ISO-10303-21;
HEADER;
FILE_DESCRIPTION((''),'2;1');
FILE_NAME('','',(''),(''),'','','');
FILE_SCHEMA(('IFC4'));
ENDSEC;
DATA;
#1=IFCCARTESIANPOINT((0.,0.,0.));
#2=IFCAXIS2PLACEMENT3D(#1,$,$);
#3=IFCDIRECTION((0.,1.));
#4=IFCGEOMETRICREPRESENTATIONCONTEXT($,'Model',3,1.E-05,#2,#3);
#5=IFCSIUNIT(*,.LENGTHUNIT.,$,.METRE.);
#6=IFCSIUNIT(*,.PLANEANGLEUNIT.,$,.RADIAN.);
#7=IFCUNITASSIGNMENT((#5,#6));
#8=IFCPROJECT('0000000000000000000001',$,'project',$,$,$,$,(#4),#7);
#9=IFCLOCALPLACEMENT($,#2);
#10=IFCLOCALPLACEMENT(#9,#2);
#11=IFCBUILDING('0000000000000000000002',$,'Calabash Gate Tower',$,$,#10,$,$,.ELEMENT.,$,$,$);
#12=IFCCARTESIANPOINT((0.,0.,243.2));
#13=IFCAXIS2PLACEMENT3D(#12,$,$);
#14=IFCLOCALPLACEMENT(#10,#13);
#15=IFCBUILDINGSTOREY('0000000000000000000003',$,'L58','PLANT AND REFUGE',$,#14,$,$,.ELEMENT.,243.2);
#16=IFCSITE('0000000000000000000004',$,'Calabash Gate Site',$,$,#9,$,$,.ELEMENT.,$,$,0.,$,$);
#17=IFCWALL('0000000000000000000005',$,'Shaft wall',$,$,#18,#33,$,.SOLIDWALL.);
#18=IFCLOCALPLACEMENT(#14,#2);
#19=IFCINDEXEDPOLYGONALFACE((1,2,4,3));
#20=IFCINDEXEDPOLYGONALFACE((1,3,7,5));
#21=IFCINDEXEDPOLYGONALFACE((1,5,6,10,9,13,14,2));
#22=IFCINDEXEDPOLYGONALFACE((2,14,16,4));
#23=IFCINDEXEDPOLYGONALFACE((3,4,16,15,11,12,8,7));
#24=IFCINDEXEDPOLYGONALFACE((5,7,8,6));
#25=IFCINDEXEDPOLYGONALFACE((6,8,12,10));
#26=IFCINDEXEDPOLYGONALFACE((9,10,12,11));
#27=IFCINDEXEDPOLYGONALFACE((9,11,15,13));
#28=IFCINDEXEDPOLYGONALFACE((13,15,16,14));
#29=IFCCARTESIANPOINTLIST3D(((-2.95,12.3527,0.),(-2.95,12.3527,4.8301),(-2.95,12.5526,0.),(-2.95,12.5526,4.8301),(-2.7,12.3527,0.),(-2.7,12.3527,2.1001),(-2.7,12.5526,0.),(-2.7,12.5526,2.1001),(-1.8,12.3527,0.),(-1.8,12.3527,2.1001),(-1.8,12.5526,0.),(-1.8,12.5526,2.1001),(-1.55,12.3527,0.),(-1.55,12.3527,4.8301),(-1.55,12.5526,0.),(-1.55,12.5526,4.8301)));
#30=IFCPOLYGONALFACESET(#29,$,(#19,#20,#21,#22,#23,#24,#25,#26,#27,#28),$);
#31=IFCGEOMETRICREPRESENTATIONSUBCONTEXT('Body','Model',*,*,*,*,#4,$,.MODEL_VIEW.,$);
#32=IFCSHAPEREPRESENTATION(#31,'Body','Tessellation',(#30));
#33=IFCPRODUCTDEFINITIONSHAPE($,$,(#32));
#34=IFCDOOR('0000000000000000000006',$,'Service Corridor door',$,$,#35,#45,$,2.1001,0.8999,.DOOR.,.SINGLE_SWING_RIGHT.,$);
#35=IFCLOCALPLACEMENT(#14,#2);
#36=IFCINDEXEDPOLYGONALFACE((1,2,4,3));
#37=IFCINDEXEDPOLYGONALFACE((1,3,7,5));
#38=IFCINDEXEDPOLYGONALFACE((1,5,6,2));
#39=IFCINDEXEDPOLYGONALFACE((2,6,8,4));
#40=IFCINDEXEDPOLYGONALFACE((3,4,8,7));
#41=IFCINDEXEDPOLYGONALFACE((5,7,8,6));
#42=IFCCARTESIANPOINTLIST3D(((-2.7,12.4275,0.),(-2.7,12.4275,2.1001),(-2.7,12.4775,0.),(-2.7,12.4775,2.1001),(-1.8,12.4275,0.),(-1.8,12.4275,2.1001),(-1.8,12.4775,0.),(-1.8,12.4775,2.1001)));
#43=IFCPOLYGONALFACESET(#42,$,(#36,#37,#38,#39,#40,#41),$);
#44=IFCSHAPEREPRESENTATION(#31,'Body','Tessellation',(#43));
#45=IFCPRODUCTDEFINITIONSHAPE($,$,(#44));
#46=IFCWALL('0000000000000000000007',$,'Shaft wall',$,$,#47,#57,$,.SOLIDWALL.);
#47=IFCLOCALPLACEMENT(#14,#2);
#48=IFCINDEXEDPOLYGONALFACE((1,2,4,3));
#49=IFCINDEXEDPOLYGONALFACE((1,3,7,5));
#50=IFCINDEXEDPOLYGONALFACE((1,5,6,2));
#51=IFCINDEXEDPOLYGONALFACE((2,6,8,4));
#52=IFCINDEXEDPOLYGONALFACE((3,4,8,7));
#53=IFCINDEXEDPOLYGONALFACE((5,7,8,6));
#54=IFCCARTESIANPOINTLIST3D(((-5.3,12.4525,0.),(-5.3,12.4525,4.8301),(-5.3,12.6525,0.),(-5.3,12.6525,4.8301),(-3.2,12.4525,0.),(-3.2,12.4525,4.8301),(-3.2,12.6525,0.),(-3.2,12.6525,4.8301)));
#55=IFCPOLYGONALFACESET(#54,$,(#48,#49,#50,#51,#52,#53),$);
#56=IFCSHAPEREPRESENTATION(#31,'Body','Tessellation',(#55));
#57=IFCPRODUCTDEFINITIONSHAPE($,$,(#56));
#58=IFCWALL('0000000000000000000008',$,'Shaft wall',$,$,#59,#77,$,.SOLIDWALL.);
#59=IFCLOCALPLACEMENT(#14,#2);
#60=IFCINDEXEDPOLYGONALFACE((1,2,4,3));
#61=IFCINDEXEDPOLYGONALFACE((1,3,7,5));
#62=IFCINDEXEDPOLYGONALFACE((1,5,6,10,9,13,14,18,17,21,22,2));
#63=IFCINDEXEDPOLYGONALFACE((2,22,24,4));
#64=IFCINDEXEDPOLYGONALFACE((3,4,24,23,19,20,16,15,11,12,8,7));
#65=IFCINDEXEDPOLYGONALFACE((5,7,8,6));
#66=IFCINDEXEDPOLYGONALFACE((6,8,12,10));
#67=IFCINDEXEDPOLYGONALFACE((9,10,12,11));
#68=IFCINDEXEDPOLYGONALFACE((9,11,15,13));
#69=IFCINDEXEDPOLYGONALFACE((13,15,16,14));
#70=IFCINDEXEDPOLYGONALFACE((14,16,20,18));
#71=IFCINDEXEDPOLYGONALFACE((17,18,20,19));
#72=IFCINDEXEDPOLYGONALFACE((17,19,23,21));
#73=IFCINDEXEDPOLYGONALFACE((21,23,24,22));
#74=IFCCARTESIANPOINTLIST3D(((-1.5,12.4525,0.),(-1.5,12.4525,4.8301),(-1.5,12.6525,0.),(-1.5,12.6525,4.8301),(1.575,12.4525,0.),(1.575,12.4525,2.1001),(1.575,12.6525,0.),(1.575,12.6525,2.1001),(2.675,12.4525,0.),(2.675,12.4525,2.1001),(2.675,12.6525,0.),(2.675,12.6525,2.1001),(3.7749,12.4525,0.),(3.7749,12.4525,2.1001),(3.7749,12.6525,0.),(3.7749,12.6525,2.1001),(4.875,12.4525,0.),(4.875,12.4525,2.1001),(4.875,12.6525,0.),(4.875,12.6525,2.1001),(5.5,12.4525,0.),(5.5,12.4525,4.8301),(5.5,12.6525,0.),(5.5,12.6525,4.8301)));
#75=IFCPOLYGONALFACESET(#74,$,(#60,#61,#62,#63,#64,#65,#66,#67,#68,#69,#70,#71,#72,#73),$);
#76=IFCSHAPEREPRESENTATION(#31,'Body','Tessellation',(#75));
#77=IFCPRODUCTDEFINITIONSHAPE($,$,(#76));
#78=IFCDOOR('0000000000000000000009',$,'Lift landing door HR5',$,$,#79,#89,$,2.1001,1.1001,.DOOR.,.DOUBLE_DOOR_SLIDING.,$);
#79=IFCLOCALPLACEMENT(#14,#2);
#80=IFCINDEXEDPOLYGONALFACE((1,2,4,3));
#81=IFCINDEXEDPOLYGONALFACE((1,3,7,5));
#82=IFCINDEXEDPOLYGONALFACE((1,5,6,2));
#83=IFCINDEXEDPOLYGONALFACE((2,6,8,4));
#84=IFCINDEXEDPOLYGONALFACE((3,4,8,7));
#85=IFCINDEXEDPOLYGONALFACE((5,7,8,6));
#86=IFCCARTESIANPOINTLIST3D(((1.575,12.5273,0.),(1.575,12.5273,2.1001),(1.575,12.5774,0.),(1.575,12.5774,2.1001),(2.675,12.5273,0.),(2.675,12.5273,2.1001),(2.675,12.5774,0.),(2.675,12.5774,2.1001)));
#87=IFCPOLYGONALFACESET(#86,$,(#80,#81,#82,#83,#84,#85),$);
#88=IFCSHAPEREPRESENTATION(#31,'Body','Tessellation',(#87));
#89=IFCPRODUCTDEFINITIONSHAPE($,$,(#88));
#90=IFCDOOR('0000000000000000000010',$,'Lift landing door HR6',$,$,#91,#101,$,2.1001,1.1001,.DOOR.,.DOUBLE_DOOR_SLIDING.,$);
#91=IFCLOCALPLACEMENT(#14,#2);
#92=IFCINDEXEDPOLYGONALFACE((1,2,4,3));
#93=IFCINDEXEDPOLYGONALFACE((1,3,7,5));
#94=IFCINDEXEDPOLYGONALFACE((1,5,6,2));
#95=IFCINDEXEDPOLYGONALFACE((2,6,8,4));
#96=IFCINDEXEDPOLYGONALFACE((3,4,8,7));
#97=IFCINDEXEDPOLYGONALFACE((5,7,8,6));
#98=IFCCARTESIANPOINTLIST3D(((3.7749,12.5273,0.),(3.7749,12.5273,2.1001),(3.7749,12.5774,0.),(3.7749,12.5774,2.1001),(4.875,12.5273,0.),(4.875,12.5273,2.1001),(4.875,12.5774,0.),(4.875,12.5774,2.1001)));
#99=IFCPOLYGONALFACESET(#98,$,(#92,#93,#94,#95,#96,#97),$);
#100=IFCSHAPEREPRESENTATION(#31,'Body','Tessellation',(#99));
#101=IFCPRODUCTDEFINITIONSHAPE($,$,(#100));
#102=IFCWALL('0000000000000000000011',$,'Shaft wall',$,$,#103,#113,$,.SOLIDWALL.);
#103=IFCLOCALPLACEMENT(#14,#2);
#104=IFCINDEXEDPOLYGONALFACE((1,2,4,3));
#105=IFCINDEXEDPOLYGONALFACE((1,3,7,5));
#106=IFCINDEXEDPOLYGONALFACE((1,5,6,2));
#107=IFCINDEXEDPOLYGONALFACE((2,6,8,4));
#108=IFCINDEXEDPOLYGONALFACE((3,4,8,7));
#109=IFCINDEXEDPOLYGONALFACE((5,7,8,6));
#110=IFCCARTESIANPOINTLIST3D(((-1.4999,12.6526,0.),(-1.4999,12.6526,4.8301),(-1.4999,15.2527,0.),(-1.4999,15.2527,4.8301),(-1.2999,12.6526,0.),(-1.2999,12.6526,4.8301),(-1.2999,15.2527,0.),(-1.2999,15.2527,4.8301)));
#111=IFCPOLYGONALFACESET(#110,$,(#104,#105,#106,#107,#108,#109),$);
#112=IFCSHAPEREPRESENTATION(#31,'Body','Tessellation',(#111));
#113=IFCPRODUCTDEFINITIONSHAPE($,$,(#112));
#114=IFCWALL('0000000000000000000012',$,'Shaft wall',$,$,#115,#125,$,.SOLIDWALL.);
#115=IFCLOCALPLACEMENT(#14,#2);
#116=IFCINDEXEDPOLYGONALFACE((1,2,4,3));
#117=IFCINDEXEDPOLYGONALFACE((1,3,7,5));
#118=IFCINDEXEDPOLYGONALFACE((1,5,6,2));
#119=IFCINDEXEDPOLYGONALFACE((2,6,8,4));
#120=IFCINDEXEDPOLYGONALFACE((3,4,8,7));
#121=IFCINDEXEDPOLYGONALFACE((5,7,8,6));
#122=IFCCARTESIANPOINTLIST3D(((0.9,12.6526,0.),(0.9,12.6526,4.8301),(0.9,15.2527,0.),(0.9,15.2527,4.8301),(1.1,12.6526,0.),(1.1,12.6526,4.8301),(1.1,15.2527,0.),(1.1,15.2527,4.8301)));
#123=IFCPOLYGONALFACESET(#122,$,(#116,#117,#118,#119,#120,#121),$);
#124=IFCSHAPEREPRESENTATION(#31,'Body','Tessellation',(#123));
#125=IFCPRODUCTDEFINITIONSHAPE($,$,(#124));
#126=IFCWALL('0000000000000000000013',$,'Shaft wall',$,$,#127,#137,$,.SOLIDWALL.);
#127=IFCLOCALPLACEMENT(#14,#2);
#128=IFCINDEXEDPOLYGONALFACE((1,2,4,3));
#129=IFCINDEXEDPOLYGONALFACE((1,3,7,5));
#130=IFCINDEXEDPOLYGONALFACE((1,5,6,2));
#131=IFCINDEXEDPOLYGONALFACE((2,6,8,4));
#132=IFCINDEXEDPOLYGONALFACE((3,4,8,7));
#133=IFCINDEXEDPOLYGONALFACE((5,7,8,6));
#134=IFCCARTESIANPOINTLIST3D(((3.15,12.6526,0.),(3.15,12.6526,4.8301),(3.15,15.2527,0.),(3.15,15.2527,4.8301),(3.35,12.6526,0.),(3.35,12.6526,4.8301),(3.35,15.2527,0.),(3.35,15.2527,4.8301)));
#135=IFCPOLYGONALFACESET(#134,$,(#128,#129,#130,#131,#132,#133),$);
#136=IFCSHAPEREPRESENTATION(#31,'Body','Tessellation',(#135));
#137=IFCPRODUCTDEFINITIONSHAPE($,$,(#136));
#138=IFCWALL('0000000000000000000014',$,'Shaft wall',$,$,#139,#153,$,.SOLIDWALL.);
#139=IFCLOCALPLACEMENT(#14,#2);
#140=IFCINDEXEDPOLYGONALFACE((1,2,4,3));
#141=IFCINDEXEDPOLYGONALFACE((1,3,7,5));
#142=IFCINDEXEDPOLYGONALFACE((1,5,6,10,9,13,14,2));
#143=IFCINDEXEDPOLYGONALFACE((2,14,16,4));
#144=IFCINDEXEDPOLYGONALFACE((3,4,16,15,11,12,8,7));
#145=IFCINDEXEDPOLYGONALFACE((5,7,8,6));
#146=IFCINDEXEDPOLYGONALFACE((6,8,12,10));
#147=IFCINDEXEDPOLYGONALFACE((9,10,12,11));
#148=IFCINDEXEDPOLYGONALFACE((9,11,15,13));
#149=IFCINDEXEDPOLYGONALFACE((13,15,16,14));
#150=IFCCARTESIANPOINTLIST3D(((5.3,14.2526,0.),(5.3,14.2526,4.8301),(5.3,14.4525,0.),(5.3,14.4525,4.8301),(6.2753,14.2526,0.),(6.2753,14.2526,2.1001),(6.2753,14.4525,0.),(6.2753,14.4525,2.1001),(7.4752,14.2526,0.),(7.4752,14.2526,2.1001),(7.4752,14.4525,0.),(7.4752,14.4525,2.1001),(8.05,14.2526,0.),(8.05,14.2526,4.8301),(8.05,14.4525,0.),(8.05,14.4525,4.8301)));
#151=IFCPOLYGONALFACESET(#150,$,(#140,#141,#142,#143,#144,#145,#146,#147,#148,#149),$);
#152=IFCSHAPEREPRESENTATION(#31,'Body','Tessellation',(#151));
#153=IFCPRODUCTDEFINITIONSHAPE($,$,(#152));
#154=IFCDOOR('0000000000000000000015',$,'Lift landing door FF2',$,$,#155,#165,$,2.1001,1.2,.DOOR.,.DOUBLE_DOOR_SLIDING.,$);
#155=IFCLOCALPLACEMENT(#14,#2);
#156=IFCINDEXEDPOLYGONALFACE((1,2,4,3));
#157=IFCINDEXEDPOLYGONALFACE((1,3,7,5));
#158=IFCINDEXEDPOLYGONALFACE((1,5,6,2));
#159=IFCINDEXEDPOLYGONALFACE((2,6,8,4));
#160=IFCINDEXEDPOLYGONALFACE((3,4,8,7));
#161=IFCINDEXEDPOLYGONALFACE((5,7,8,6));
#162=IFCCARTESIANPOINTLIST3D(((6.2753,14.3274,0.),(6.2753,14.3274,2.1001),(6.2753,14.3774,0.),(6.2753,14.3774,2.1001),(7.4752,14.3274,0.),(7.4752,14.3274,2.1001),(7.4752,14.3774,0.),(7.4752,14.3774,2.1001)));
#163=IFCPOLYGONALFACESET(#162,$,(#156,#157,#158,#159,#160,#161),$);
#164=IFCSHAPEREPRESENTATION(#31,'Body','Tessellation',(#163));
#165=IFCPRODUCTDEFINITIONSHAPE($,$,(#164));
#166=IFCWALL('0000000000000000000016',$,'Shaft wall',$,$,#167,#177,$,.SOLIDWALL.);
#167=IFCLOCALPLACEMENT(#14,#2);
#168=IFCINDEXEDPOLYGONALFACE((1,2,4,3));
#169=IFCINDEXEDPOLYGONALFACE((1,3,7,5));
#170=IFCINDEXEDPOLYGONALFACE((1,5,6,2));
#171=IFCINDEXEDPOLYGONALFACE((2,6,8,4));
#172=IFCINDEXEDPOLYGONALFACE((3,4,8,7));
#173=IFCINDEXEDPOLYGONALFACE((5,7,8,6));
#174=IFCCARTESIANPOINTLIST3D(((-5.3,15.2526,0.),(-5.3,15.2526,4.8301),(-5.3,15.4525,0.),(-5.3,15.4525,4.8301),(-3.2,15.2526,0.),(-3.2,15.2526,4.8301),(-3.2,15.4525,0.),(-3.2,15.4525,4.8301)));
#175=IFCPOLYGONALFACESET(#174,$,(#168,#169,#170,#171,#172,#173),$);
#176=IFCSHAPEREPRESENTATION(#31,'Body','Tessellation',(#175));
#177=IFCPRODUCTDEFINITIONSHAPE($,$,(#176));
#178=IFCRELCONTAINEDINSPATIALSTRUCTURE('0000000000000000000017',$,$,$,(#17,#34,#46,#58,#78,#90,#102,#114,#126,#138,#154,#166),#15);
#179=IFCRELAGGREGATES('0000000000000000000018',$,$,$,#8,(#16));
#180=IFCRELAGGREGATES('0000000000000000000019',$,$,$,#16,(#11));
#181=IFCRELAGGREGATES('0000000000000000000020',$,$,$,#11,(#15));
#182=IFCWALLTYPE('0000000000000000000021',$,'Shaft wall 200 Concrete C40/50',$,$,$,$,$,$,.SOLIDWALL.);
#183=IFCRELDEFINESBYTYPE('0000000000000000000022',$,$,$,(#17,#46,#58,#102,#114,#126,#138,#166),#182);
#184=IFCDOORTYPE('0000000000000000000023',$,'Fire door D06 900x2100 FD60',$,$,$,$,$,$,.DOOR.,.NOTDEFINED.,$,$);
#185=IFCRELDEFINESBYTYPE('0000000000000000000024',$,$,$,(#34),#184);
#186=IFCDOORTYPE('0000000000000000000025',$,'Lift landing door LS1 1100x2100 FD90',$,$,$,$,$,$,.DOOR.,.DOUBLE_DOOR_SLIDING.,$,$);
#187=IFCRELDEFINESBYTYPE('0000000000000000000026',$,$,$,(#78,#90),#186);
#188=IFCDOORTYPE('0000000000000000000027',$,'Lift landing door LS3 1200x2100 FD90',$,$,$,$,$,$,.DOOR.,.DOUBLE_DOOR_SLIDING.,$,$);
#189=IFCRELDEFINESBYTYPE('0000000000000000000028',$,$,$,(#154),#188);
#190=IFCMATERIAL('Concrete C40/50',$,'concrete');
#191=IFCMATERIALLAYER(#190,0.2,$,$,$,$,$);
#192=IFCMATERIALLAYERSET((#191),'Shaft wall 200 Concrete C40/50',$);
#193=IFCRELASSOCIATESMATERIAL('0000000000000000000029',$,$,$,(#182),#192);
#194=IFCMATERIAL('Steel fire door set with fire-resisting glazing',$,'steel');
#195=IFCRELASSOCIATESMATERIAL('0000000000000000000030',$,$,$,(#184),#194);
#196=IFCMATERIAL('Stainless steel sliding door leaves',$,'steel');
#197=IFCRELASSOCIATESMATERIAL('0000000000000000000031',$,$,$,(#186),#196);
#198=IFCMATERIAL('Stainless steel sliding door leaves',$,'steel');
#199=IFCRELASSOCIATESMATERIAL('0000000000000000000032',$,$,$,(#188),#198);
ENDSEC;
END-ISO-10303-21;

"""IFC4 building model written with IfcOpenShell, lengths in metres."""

from ifc_helpers import new_model, si_unit, direction, frame, frame_2d, origin, place, context, subcontext, project, spatial, rectangle, extrude, material, layer, layer_set, type_object, element, fill, save


model = new_model("IFC4")

# Units and contexts
model_context = context("Model", 3, precision=1e-05, world=origin(), true_north=direction((0.0, 1.0)))
body_context = subcontext(model_context, "Body", "Model", "MODEL_VIEW")
ifc_project = project(units=[si_unit("LENGTHUNIT", "METRE"), si_unit("PLANEANGLEUNIT", "RADIAN")], contexts=[model_context])

# Site, building, storey
site_placement = place(None, origin())
site = spatial("IfcSite", under=ifc_project, at=site_placement, Name="Calabash Gate Site", CompositionType="ELEMENT", RefElevation=0.0)
building_placement = place(site_placement, origin())
building = spatial("IfcBuilding", under=site, at=building_placement, Name="Calabash Gate Tower", CompositionType="ELEMENT")
storey_placement = place(building_placement, frame((0.0, 0.0, 243.2)))
storey = spatial("IfcBuildingStorey", under=building, at=storey_placement, Name="L58", Description="PLANT AND REFUGE", CompositionType="ELEMENT", Elevation=243.2)

# Wall, opening, door
ifc_material_1 = material(Name="Concrete C40/50", Category="concrete")
ifc_layer = layer(ifc_material_1, 0.2)
ifc_layer_set = layer_set([ifc_layer], Name="Shaft wall 200 Concrete C40/50")
wall_type = type_object("IfcWallType", Name="Shaft wall 200 Concrete C40/50", PredefinedType="SOLIDWALL", material=ifc_layer_set)
wall_1_placement = place(storey_placement, frame((-2.95, 12.4526, 0.0), z_axis=(0.0, 0.0, 1.0), x_axis=(1.0, 0.0, 0.0)))
wall_1 = element("IfcWall", 1, at=wall_1_placement, inside=storey, type_object=wall_type, Name="Shaft wall", PredefinedType="SOLIDWALL", context=body_context, shape_type="SweptSolid", body=[
    extrude(rectangle(XDim=1.3999, YDim=0.2, at=frame_2d((0.7, 0.0))), origin(), (0.0, 0.0, 1.0), 4.8301),
])
opening_1_placement = place(wall_1_placement, frame((0.25, 0.0, 0.0)))
opening_1 = element("IfcOpeningElement", 2, at=opening_1_placement, cuts=wall_1, PredefinedType="OPENING", context=body_context, shape_type="SweptSolid", body=[
    extrude(rectangle(XDim=0.8999, YDim=2.1001, at=frame_2d((0.45, 1.05))), frame((0.0, 0.1099, 0.0), z_axis=(0.0, -1.0, 0.0), x_axis=(1.0, 0.0, 0.0)), (0.0, 0.0, 1.0), 0.22),
])
ifc_material_2 = material(Name="Steel fire door set with fire-resisting glazing", Category="steel")
door_type_1 = type_object("IfcDoorType", Name="Fire door D06 900x2100 FD60", OperationType="NOTDEFINED", PredefinedType="DOOR", material=ifc_material_2)
door_1_placement = place(opening_1_placement, origin())
door_1 = element("IfcDoor", 3, at=door_1_placement, inside=storey, type_object=door_type_1, Name="Service Corridor door", OperationType="SINGLE_SWING_RIGHT", OverallHeight=2.1001, OverallWidth=0.8999, PredefinedType="DOOR", context=body_context, shape_type="SweptSolid", body=[
    extrude(rectangle(XDim=0.8999, YDim=2.1001, at=frame_2d((0.45, 1.05))), frame((0.0, 0.0249, 0.0), z_axis=(0.0, -1.0, 0.0), x_axis=(1.0, 0.0, 0.0)), (0.0, 0.0, 1.0), 0.05),
])
fill(opening_1, door_1)

# Wall
wall_2_placement = place(storey_placement, frame((-5.3, 12.5525, 0.0), z_axis=(0.0, 0.0, 1.0), x_axis=(1.0, 0.0, 0.0)))
element("IfcWall", 4, at=wall_2_placement, inside=storey, type_object=wall_type, Name="Shaft wall", PredefinedType="SOLIDWALL", context=body_context, shape_type="SweptSolid", body=[
    extrude(rectangle(XDim=2.1001, YDim=0.2, at=frame_2d((1.05, 0.0))), origin(), (0.0, 0.0, 1.0), 4.8301),
])

# Wall, openings, doors
wall_3_placement = place(storey_placement, frame((-1.5, 12.5525, 0.0), z_axis=(0.0, 0.0, 1.0), x_axis=(1.0, 0.0, 0.0)))
wall_3 = element("IfcWall", 5, at=wall_3_placement, inside=storey, type_object=wall_type, Name="Shaft wall", PredefinedType="SOLIDWALL", context=body_context, shape_type="SweptSolid", body=[
    extrude(rectangle(XDim=7.0, YDim=0.2, at=frame_2d((3.5, 0.0))), origin(), (0.0, 0.0, 1.0), 4.8301),
])
opening_2_placement = place(wall_3_placement, frame((3.075, 0.0, 0.0)))
opening_2 = element("IfcOpeningElement", 6, at=opening_2_placement, cuts=wall_3, PredefinedType="OPENING", context=body_context, shape_type="SweptSolid", body=[
    extrude(rectangle(XDim=1.1001, YDim=2.1001, at=frame_2d((0.55, 1.05))), frame((0.0, 0.1099, 0.0), z_axis=(0.0, -1.0, 0.0), x_axis=(1.0, 0.0, 0.0)), (0.0, 0.0, 1.0), 0.22),
])
opening_3_placement = place(wall_3_placement, frame((5.2749, 0.0, 0.0)))
opening_3 = element("IfcOpeningElement", 7, at=opening_3_placement, cuts=wall_3, PredefinedType="OPENING", context=body_context, shape_type="SweptSolid", body=[
    extrude(rectangle(XDim=1.1001, YDim=2.1001, at=frame_2d((0.55, 1.05))), frame((0.0, 0.1099, 0.0), z_axis=(0.0, -1.0, 0.0), x_axis=(1.0, 0.0, 0.0)), (0.0, 0.0, 1.0), 0.22),
])
ifc_material_3 = material(Name="Stainless steel sliding door leaves", Category="steel")
door_type_2 = type_object("IfcDoorType", Name="Lift landing door LS1 1100x2100 FD90", OperationType="DOUBLE_DOOR_SLIDING", PredefinedType="DOOR", material=ifc_material_3)
door_2_placement = place(opening_2_placement, origin())
door_2 = element("IfcDoor", 8, at=door_2_placement, inside=storey, type_object=door_type_2, Name="Lift landing door HR5", OperationType="DOUBLE_DOOR_SLIDING", OverallHeight=2.1001, OverallWidth=1.1001, PredefinedType="DOOR", context=body_context, shape_type="SweptSolid", body=[
    extrude(rectangle(XDim=1.1001, YDim=2.1001, at=frame_2d((0.55, 1.05))), frame((0.0, 0.0249, 0.0), z_axis=(0.0, -1.0, 0.0), x_axis=(1.0, 0.0, 0.0)), (0.0, 0.0, 1.0), 0.05),
])
fill(opening_2, door_2)
door_3_placement = place(opening_3_placement, origin())
door_3 = element("IfcDoor", 9, at=door_3_placement, inside=storey, type_object=door_type_2, Name="Lift landing door HR6", OperationType="DOUBLE_DOOR_SLIDING", OverallHeight=2.1001, OverallWidth=1.1001, PredefinedType="DOOR", context=body_context, shape_type="SweptSolid", body=[
    extrude(rectangle(XDim=1.1001, YDim=2.1001, at=frame_2d((0.55, 1.05))), frame((0.0, 0.0249, 0.0), z_axis=(0.0, -1.0, 0.0), x_axis=(1.0, 0.0, 0.0)), (0.0, 0.0, 1.0), 0.05),
])
fill(opening_3, door_3)

# Walls
for number, where, z_axis, x_axis, name in (
    (10, (-1.3999, 12.6526, 0.0), (0.0, 0.0, 1.0), (0.0, 1.0, 0.0), "Shaft wall"),
    (11, (1.0, 12.6526, 0.0), (0.0, 0.0, 1.0), (0.0, 1.0, 0.0), "Shaft wall"),
    (12, (3.25, 12.6526, 0.0), (0.0, 0.0, 1.0), (0.0, 1.0, 0.0), "Shaft wall"),
):
    element("IfcWall", number, at=place(storey_placement, frame(where, z_axis=z_axis, x_axis=x_axis)), inside=storey, type_object=wall_type, Name=name, PredefinedType="SOLIDWALL", context=body_context, shape_type="SweptSolid", body=[
        extrude(rectangle(XDim=2.6001, YDim=0.2, at=frame_2d((1.3, 0.0))), origin(), (0.0, 0.0, 1.0), 4.8301),
    ])

# Wall, opening, door
wall_4_placement = place(storey_placement, frame((5.3, 14.3525, 0.0), z_axis=(0.0, 0.0, 1.0), x_axis=(1.0, 0.0, 0.0)))
wall_4 = element("IfcWall", 13, at=wall_4_placement, inside=storey, type_object=wall_type, Name="Shaft wall", PredefinedType="SOLIDWALL", context=body_context, shape_type="SweptSolid", body=[
    extrude(rectangle(XDim=2.75, YDim=0.2, at=frame_2d((1.375, 0.0))), origin(), (0.0, 0.0, 1.0), 4.8301),
])
opening_4_placement = place(wall_4_placement, frame((0.9751, 0.0, 0.0)))
opening_4 = element("IfcOpeningElement", 14, at=opening_4_placement, cuts=wall_4, PredefinedType="OPENING", context=body_context, shape_type="SweptSolid", body=[
    extrude(rectangle(XDim=1.2, YDim=2.1001, at=frame_2d((0.6001, 1.05))), frame((0.0, 0.1099, 0.0), z_axis=(0.0, -1.0, 0.0), x_axis=(1.0, 0.0, 0.0)), (0.0, 0.0, 1.0), 0.22),
])
ifc_material_4 = material(Name="Stainless steel sliding door leaves", Category="steel")
door_type_3 = type_object("IfcDoorType", Name="Lift landing door LS3 1200x2100 FD90", OperationType="DOUBLE_DOOR_SLIDING", PredefinedType="DOOR", material=ifc_material_4)
door_4_placement = place(opening_4_placement, origin())
door_4 = element("IfcDoor", 15, at=door_4_placement, inside=storey, type_object=door_type_3, Name="Lift landing door FF2", OperationType="DOUBLE_DOOR_SLIDING", OverallHeight=2.1001, OverallWidth=1.2, PredefinedType="DOOR", context=body_context, shape_type="SweptSolid", body=[
    extrude(rectangle(XDim=1.2, YDim=2.1001, at=frame_2d((0.6001, 1.05))), frame((0.0, 0.0249, 0.0), z_axis=(0.0, -1.0, 0.0), x_axis=(1.0, 0.0, 0.0)), (0.0, 0.0, 1.0), 0.05),
])
fill(opening_4, door_4)

# Wall
wall_5_placement = place(storey_placement, frame((-5.3, 15.3525, 0.0), z_axis=(0.0, 0.0, 1.0), x_axis=(1.0, 0.0, 0.0)))
element("IfcWall", 16, at=wall_5_placement, inside=storey, type_object=wall_type, Name="Shaft wall", PredefinedType="SOLIDWALL", context=body_context, shape_type="SweptSolid", body=[
    extrude(rectangle(XDim=2.1001, YDim=0.2, at=frame_2d((1.05, 0.0))), origin(), (0.0, 0.0, 1.0), 4.8301),
])

save(model, "model.ifc")
